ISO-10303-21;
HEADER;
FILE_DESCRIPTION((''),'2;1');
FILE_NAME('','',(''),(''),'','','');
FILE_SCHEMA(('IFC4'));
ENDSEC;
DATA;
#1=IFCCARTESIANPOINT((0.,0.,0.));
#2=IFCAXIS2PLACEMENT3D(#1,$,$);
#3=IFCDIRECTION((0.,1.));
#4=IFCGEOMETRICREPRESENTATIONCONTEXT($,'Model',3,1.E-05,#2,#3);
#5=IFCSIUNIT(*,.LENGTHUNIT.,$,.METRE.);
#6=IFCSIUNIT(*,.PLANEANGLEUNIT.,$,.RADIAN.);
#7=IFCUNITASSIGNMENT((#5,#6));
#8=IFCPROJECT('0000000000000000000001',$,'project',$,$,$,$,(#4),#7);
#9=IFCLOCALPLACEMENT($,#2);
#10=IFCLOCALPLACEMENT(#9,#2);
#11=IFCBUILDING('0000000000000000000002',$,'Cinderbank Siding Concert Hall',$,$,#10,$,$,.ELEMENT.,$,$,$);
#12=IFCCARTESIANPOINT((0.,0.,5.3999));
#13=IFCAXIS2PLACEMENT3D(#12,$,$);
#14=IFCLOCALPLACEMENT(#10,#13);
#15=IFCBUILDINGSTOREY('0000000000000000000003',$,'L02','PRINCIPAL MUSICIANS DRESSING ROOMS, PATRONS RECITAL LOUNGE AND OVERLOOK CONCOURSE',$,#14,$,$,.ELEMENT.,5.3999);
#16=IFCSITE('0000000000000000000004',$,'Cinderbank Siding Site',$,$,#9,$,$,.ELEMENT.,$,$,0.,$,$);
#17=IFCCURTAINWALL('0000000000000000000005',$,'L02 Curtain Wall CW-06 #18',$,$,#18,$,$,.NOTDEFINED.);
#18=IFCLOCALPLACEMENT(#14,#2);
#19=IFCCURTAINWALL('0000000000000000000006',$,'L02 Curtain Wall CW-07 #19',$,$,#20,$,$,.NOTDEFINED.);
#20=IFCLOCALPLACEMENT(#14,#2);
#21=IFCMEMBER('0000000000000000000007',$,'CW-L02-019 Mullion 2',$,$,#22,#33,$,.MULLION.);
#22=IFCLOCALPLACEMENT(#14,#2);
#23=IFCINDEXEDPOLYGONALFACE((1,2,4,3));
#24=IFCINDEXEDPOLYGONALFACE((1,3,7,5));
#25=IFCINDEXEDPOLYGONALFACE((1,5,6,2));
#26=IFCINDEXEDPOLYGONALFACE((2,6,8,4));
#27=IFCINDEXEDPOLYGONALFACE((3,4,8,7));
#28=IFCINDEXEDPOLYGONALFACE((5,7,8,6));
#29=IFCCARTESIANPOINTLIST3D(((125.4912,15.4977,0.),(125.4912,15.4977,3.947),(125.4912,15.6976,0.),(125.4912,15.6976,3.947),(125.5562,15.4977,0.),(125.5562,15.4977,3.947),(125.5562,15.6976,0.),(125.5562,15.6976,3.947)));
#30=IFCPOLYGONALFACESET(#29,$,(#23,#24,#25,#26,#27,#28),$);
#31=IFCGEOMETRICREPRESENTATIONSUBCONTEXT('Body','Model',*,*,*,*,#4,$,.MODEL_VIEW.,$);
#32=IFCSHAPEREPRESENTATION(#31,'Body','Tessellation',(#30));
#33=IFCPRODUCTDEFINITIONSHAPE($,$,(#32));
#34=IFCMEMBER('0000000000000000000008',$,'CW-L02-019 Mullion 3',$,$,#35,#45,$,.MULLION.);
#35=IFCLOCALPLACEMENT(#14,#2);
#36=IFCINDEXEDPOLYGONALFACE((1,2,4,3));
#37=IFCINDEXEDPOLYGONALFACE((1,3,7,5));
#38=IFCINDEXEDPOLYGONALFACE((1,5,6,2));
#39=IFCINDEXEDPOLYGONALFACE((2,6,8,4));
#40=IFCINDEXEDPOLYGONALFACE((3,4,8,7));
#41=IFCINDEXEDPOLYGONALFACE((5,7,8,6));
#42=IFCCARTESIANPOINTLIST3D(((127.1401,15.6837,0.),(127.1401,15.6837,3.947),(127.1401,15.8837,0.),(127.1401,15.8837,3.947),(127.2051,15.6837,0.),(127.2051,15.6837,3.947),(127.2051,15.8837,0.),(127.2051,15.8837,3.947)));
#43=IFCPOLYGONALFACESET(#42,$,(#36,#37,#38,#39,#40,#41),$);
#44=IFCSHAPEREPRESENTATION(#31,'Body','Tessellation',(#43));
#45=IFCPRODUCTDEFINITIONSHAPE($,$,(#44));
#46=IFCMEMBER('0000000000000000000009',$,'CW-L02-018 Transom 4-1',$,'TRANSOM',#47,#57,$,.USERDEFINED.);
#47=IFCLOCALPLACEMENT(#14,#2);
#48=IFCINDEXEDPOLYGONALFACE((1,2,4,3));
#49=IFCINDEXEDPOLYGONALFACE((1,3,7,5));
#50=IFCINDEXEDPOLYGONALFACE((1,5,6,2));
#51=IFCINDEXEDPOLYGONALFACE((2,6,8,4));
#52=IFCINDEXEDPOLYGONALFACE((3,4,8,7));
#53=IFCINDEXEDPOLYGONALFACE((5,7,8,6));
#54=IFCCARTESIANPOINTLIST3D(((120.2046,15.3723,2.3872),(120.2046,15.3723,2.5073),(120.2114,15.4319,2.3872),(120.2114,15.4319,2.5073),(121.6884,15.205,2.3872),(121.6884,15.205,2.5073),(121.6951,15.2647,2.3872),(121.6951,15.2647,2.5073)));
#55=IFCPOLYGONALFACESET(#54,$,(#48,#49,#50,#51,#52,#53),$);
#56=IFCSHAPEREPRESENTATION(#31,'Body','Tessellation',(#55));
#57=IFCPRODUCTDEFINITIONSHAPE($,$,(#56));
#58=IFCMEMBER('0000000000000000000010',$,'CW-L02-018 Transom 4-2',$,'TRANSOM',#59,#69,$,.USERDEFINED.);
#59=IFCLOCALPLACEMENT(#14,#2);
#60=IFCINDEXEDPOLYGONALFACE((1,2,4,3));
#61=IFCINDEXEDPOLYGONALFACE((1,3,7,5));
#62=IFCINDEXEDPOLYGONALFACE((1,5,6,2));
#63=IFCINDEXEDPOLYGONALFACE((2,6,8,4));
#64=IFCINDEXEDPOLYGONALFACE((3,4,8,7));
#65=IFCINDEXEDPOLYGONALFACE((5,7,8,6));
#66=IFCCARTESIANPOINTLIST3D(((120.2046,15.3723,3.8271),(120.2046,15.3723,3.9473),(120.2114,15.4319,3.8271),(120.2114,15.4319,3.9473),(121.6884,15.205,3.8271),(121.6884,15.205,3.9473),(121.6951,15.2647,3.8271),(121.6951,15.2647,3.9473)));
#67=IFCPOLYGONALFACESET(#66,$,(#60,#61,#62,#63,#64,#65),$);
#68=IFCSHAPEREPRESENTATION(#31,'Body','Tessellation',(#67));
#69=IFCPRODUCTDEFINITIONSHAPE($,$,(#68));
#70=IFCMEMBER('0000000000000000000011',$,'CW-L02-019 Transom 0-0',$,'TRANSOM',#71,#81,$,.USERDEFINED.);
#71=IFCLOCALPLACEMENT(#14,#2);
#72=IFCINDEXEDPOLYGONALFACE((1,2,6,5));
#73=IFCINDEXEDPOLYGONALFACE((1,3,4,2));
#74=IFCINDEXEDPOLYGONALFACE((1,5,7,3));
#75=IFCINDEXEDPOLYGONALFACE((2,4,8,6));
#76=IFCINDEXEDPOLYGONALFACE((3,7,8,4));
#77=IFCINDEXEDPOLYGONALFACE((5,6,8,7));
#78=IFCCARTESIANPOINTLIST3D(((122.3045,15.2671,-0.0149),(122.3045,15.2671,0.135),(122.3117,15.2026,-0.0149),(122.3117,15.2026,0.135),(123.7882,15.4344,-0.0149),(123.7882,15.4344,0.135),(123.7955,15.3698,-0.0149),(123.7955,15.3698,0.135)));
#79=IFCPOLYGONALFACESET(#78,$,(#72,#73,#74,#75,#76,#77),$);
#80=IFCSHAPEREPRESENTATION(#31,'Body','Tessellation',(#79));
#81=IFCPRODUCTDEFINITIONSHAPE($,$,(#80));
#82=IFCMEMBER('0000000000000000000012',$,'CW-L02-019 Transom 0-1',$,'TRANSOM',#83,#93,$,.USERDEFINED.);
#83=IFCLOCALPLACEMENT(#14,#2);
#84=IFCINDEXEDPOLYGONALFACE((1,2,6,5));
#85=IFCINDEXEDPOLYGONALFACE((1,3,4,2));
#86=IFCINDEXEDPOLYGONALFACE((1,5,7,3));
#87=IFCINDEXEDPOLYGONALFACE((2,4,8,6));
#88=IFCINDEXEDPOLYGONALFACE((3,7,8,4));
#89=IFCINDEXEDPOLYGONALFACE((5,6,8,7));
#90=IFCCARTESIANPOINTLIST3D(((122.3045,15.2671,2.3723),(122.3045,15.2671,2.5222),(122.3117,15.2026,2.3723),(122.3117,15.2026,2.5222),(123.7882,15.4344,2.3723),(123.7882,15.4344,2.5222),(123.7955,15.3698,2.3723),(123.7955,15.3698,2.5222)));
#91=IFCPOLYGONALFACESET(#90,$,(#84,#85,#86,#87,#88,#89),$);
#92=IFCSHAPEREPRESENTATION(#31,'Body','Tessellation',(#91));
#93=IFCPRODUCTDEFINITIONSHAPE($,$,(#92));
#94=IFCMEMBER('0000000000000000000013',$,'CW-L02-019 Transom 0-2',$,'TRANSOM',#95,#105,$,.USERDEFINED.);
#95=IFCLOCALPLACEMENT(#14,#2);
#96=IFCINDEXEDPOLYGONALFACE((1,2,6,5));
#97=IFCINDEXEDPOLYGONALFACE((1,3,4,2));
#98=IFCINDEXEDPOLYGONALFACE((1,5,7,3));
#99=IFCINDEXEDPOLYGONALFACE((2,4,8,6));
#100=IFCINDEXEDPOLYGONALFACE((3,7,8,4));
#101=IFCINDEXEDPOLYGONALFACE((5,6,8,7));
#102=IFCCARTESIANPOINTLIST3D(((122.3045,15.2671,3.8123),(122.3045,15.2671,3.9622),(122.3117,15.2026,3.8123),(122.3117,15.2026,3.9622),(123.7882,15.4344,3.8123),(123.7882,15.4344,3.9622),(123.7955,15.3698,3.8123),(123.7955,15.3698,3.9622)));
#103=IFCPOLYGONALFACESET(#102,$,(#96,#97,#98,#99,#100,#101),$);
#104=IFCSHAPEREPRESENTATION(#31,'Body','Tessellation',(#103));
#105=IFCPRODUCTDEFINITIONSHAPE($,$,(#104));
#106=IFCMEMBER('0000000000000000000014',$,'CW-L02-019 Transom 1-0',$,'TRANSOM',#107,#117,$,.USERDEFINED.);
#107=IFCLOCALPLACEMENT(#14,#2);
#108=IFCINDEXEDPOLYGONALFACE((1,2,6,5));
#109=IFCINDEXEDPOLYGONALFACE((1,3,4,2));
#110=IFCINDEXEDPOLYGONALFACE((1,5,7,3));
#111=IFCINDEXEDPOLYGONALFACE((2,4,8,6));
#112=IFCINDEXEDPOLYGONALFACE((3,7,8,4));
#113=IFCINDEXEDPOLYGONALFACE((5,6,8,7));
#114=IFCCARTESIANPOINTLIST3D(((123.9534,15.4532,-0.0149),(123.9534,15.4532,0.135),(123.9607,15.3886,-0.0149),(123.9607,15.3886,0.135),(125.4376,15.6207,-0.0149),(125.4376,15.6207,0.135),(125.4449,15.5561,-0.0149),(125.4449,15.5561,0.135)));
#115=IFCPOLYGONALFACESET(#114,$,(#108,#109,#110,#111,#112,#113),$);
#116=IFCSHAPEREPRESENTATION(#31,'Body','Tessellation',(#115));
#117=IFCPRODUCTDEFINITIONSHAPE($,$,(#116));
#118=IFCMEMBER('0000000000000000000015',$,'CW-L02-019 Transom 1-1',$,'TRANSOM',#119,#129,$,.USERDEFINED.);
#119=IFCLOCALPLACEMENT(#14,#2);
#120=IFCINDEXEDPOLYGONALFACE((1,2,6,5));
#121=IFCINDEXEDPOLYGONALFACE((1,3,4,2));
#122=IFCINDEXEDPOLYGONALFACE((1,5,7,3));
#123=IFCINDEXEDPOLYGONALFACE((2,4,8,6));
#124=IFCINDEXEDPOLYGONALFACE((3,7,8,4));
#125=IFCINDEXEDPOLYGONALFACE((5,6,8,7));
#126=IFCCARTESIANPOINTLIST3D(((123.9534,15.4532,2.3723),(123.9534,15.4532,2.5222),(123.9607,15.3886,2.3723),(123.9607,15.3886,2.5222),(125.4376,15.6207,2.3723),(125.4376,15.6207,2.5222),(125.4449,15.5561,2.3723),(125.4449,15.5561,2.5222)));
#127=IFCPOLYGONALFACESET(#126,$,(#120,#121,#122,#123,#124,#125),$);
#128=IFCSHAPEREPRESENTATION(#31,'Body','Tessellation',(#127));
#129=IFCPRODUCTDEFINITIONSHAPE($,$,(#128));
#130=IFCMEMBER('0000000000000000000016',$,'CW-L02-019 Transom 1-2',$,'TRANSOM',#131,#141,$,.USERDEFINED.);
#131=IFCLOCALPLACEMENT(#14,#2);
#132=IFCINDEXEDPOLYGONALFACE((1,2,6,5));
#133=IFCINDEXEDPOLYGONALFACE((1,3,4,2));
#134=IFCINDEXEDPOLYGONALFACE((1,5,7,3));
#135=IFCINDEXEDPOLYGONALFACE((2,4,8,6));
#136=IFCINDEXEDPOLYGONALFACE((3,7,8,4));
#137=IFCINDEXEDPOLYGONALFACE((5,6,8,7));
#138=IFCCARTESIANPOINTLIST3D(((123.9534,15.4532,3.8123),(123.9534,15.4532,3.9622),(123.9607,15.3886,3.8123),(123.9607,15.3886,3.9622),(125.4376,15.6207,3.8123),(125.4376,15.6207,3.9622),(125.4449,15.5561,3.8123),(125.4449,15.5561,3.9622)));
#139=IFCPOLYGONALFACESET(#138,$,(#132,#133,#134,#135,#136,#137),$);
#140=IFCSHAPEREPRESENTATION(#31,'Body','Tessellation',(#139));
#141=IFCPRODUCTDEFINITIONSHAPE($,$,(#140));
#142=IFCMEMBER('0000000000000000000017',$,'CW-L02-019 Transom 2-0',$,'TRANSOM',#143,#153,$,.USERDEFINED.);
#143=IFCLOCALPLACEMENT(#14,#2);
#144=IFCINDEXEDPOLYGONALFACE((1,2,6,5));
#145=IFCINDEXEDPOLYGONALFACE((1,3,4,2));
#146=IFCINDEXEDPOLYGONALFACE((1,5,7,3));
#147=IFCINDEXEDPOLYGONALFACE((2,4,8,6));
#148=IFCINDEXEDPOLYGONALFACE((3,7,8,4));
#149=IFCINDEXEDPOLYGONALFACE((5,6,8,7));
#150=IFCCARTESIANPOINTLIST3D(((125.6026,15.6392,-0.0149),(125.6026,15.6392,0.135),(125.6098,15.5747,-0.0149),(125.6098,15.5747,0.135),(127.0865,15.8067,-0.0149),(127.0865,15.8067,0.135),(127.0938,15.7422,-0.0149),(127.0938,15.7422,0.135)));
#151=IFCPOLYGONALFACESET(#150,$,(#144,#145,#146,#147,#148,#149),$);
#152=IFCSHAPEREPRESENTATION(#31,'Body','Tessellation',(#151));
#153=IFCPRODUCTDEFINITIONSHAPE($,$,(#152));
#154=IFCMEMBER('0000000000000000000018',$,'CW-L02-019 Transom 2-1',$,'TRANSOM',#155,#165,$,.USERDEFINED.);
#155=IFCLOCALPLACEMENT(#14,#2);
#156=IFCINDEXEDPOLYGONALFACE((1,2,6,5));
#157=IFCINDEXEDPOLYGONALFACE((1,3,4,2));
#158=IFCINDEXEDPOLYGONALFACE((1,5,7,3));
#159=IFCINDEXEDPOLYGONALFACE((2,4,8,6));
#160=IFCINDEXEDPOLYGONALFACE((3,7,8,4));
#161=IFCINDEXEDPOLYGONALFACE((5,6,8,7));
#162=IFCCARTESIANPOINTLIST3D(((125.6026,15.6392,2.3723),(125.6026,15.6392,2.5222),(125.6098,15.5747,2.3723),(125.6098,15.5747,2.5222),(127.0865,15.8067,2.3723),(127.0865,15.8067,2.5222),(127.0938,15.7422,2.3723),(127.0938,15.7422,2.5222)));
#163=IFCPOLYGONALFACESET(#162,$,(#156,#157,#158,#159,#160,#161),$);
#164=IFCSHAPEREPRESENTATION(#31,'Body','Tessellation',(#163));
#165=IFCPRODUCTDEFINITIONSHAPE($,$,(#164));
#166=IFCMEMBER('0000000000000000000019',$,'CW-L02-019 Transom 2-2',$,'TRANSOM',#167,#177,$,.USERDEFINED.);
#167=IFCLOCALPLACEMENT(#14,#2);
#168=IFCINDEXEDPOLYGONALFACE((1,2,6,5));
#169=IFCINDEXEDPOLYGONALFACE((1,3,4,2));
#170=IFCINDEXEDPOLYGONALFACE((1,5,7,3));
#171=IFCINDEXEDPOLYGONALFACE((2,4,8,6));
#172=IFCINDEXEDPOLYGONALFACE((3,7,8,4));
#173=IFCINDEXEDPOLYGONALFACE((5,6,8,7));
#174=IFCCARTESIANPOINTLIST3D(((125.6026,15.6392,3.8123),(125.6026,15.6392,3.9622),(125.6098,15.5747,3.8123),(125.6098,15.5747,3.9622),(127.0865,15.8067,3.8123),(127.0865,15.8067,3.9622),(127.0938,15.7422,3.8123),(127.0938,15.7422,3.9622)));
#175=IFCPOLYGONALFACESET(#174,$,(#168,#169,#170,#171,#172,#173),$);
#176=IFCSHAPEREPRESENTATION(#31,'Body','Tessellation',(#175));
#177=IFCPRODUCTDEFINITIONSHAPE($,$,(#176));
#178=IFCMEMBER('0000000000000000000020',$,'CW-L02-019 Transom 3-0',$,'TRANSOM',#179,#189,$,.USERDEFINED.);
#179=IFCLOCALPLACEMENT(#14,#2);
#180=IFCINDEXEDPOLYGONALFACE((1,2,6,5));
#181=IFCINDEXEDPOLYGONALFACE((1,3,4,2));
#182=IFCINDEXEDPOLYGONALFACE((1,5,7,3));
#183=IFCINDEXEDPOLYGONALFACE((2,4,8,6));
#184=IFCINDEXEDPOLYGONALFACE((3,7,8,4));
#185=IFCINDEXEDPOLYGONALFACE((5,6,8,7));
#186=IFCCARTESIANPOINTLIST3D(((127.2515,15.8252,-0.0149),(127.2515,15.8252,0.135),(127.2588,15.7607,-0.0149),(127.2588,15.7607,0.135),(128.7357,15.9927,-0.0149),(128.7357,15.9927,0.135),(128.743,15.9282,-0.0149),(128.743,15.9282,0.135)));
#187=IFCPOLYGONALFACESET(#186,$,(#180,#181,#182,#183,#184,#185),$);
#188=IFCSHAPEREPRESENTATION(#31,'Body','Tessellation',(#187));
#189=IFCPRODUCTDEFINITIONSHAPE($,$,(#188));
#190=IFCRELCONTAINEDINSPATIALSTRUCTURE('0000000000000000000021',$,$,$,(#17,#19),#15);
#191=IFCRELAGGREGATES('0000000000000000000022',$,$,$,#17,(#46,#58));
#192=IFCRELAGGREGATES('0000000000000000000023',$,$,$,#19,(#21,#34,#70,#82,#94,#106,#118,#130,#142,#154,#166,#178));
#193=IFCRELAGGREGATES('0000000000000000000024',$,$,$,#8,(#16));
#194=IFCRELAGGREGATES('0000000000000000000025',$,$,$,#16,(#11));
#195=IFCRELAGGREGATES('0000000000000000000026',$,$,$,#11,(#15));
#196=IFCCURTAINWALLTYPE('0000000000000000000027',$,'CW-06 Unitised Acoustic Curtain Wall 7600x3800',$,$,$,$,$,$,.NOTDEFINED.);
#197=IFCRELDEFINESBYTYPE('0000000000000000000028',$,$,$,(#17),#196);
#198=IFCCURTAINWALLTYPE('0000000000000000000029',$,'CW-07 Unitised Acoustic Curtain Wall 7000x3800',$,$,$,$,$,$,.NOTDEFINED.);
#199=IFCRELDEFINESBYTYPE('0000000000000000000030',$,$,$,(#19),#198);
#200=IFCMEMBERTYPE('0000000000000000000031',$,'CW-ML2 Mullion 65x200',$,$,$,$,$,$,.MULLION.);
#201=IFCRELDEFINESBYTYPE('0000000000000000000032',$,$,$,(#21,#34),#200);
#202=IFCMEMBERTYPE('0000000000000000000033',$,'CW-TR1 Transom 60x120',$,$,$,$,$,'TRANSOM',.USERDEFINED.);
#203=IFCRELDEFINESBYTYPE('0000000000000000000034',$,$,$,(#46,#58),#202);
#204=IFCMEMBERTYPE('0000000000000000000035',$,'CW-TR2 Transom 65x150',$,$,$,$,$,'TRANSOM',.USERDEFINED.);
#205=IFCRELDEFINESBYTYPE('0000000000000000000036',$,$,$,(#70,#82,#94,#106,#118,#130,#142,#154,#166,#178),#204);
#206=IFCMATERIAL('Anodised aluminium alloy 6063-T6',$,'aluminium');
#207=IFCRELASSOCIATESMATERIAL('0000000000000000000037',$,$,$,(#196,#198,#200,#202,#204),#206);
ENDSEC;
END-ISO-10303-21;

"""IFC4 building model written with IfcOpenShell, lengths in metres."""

from ifc_helpers import new_model, si_unit, direction, frame, origin, origin_2d, place, context, subcontext, project, spatial, rectangle, extrude, material, material_profile, profile_set, type_object, element, aggregate, save


model = new_model("IFC4")

# Units and contexts
model_context = context("Model", 3, precision=1e-05, world=origin(), true_north=direction((0.0, 1.0)))
body_context = subcontext(model_context, "Body", "Model", "MODEL_VIEW")
ifc_project = project(units=[si_unit("LENGTHUNIT", "METRE"), si_unit("PLANEANGLEUNIT", "RADIAN")], contexts=[model_context])

# Site, building, storey
site_placement = place(None, origin())
site = spatial("IfcSite", under=ifc_project, at=site_placement, Name="Cinderbank Siding Site", CompositionType="ELEMENT", RefElevation=0.0)
building_placement = place(site_placement, origin())
building = spatial("IfcBuilding", under=site, at=building_placement, Name="Cinderbank Siding Concert Hall", CompositionType="ELEMENT")
storey_placement = place(building_placement, frame((0.0, 0.0, 5.3999)))
storey = spatial("IfcBuildingStorey", under=building, at=storey_placement, Name="L02", Description="PRINCIPAL MUSICIANS DRESSING ROOMS, PATRONS RECITAL LOUNGE AND OVERLOOK CONCOURSE", CompositionType="ELEMENT", Elevation=5.3999)

# Curtain wall
ifc_material_1 = material(Name="Anodised aluminium alloy 6063-T6", Category="aluminium")
curtain_wall_type_1 = type_object("IfcCurtainWallType", Name="CW-06 Unitised Acoustic Curtain Wall 7600x3800", PredefinedType="NOTDEFINED", material=ifc_material_1)
curtain_wall_1_placement = place(storey_placement, origin())
curtain_wall_1 = element("IfcCurtainWall", 1, at=curtain_wall_1_placement, inside=storey, type_object=curtain_wall_type_1, Name="L02 Curtain Wall CW-06 #18", PredefinedType="NOTDEFINED")

# Curtain wall, members
curtain_wall_type_2 = type_object("IfcCurtainWallType", Name="CW-07 Unitised Acoustic Curtain Wall 7000x3800", PredefinedType="NOTDEFINED", material=ifc_material_1)
curtain_wall_2_placement = place(storey_placement, origin())
curtain_wall_2 = element("IfcCurtainWall", 2, at=curtain_wall_2_placement, inside=storey, type_object=curtain_wall_type_2, Name="L02 Curtain Wall CW-07 #19", PredefinedType="NOTDEFINED")
ifc_material_profile_1 = material_profile(ifc_material_1, rectangle(XDim=0.0649, YDim=0.2, at=origin_2d()), Name="ALU-MULL-65x200", Category="LoadBearing")
ifc_profile_set_1 = profile_set([ifc_material_profile_1], Name="Anodised aluminium alloy 6063-T6")
member_type_1 = type_object("IfcMemberType", Name="CW-ML2 Mullion 65x200", PredefinedType="MULLION", material=ifc_profile_set_1)
member_1_placement = place(storey_placement, frame((125.5237, 15.5977, 0.0), z_axis=(0.0, 0.0, 1.0), x_axis=(1.0, 0.0, 0.0)))
member_1 = element("IfcMember", 3, at=member_1_placement, type_object=member_type_1, Name="CW-L02-019 Mullion 2", PredefinedType="MULLION", context=body_context, shape_type="SweptSolid", body=[
    extrude(rectangle(XDim=0.0649, YDim=0.2, at=origin_2d()), origin(), (0.0, 0.0, 1.0), 3.947),
])
member_2_placement = place(storey_placement, frame((127.1726, 15.7837, 0.0), z_axis=(0.0, 0.0, 1.0), x_axis=(1.0, 0.0, 0.0)))
member_2 = element("IfcMember", 4, at=member_2_placement, type_object=member_type_1, Name="CW-L02-019 Mullion 3", PredefinedType="MULLION", context=body_context, shape_type="SweptSolid", body=[
    extrude(rectangle(XDim=0.0649, YDim=0.2, at=origin_2d()), origin(), (0.0, 0.0, 1.0), 3.947),
])

# Members
ifc_material_profile_2 = material_profile(ifc_material_1, rectangle(XDim=0.0601, YDim=0.1201, at=origin_2d()), Name="ALU-TRAN-60x120", Category="LoadBearing")
ifc_profile_set_2 = profile_set([ifc_material_profile_2], Name="Anodised aluminium alloy 6063-T6")
member_type_2 = type_object("IfcMemberType", Name="CW-TR1 Transom 60x120", ElementType="TRANSOM", PredefinedType="USERDEFINED", material=ifc_profile_set_2)
member_3_placement = place(storey_placement, frame((120.208, 15.4021, 2.4473), z_axis=(0.993709, -0.111993, 0.0), x_axis=(0.111993, 0.993709, 0.0)))
member_3 = element("IfcMember", 5, at=member_3_placement, type_object=member_type_2, Name="CW-L02-018 Transom 4-1", ObjectType="TRANSOM", PredefinedType="USERDEFINED", context=body_context, shape_type="SweptSolid", body=[
    extrude(rectangle(XDim=0.0601, YDim=0.1201, at=origin_2d()), origin(), (0.0, 0.0, 1.0), 1.4932),
])
member_4_placement = place(storey_placement, frame((120.208, 15.4021, 3.8872), z_axis=(0.993709, -0.111993, 0.0), x_axis=(0.111993, 0.993709, 0.0)))
member_4 = element("IfcMember", 6, at=member_4_placement, type_object=member_type_2, Name="CW-L02-018 Transom 4-2", ObjectType="TRANSOM", PredefinedType="USERDEFINED", context=body_context, shape_type="SweptSolid", body=[
    extrude(rectangle(XDim=0.0601, YDim=0.1201, at=origin_2d()), origin(), (0.0, 0.0, 1.0), 1.4932),
])
ifc_material_profile_3 = material_profile(ifc_material_1, rectangle(XDim=0.0649, YDim=0.1499, at=origin_2d()), Name="ALU-TRAN-65x150", Category="LoadBearing")
ifc_profile_set_3 = profile_set([ifc_material_profile_3], Name="Anodised aluminium alloy 6063-T6")
member_type_3 = type_object("IfcMemberType", Name="CW-TR2 Transom 65x150", ElementType="TRANSOM", PredefinedType="USERDEFINED", material=ifc_profile_set_3)
member_5_placement = place(storey_placement, frame((122.3081, 15.2349, 0.0601), z_axis=(0.993709, 0.111993, 0.0), x_axis=(-0.111993, 0.993709, 0.0)))
member_5 = element("IfcMember", 7, at=member_5_placement, type_object=member_type_3, Name="CW-L02-019 Transom 0-0", ObjectType="TRANSOM", PredefinedType="USERDEFINED", context=body_context, shape_type="SweptSolid", body=[
    extrude(rectangle(XDim=0.0649, YDim=0.1499, at=origin_2d()), origin(), (0.0, 0.0, 1.0), 1.4932),
])
member_6_placement = place(storey_placement, frame((122.3081, 15.2349, 2.4473), z_axis=(0.993709, 0.111993, 0.0), x_axis=(-0.111993, 0.993709, 0.0)))
member_6 = element("IfcMember", 8, at=member_6_placement, type_object=member_type_3, Name="CW-L02-019 Transom 0-1", ObjectType="TRANSOM", PredefinedType="USERDEFINED", context=body_context, shape_type="SweptSolid", body=[
    extrude(rectangle(XDim=0.0649, YDim=0.1499, at=origin_2d()), origin(), (0.0, 0.0, 1.0), 1.4932),
])
member_7_placement = place(storey_placement, frame((122.3081, 15.2349, 3.8872), z_axis=(0.993709, 0.111993, 0.0), x_axis=(-0.111993, 0.993709, 0.0)))
member_7 = element("IfcMember", 9, at=member_7_placement, type_object=member_type_3, Name="CW-L02-019 Transom 0-2", ObjectType="TRANSOM", PredefinedType="USERDEFINED", context=body_context, shape_type="SweptSolid", body=[
    extrude(rectangle(XDim=0.0649, YDim=0.1499, at=origin_2d()), origin(), (0.0, 0.0, 1.0), 1.4932),
])
member_8_placement = place(storey_placement, frame((123.957, 15.4209, 0.0601), z_axis=(0.993693, 0.112136, 0.0), x_axis=(-0.112136, 0.993693, 0.0)))
member_8 = element("IfcMember", 10, at=member_8_placement, type_object=member_type_3, Name="CW-L02-019 Transom 1-0", ObjectType="TRANSOM", PredefinedType="USERDEFINED", context=body_context, shape_type="SweptSolid", body=[
    extrude(rectangle(XDim=0.0649, YDim=0.1499, at=origin_2d()), origin(), (0.0, 0.0, 1.0), 1.4937),
])
member_9_placement = place(storey_placement, frame((123.957, 15.4209, 2.4473), z_axis=(0.993693, 0.112136, 0.0), x_axis=(-0.112136, 0.993693, 0.0)))
member_9 = element("IfcMember", 11, at=member_9_placement, type_object=member_type_3, Name="CW-L02-019 Transom 1-1", ObjectType="TRANSOM", PredefinedType="USERDEFINED", context=body_context, shape_type="SweptSolid", body=[
    extrude(rectangle(XDim=0.0649, YDim=0.1499, at=origin_2d()), origin(), (0.0, 0.0, 1.0), 1.4937),
])
member_10_placement = place(storey_placement, frame((123.957, 15.4209, 3.8872), z_axis=(0.993693, 0.112136, 0.0), x_axis=(-0.112136, 0.993693, 0.0)))
member_10 = element("IfcMember", 12, at=member_10_placement, type_object=member_type_3, Name="CW-L02-019 Transom 1-2", ObjectType="TRANSOM", PredefinedType="USERDEFINED", context=body_context, shape_type="SweptSolid", body=[
    extrude(rectangle(XDim=0.0649, YDim=0.1499, at=origin_2d()), origin(), (0.0, 0.0, 1.0), 1.4937),
])
member_11_placement = place(storey_placement, frame((125.6062, 15.6069, 0.0601), z_axis=(0.993691, 0.112154, 0.0), x_axis=(-0.112154, 0.993691, 0.0)))
member_11 = element("IfcMember", 13, at=member_11_placement, type_object=member_type_3, Name="CW-L02-019 Transom 2-0", ObjectType="TRANSOM", PredefinedType="USERDEFINED", context=body_context, shape_type="SweptSolid", body=[
    extrude(rectangle(XDim=0.0649, YDim=0.1499, at=origin_2d()), origin(), (0.0, 0.0, 1.0), 1.4934),
])
member_12_placement = place(storey_placement, frame((125.6062, 15.6069, 2.4473), z_axis=(0.993691, 0.112154, 0.0), x_axis=(-0.112154, 0.993691, 0.0)))
member_12 = element("IfcMember", 14, at=member_12_placement, type_object=member_type_3, Name="CW-L02-019 Transom 2-1", ObjectType="TRANSOM", PredefinedType="USERDEFINED", context=body_context, shape_type="SweptSolid", body=[
    extrude(rectangle(XDim=0.0649, YDim=0.1499, at=origin_2d()), origin(), (0.0, 0.0, 1.0), 1.4934),
])
member_13_placement = place(storey_placement, frame((125.6062, 15.6069, 3.8872), z_axis=(0.993691, 0.112154, 0.0), x_axis=(-0.112154, 0.993691, 0.0)))
member_13 = element("IfcMember", 15, at=member_13_placement, type_object=member_type_3, Name="CW-L02-019 Transom 2-2", ObjectType="TRANSOM", PredefinedType="USERDEFINED", context=body_context, shape_type="SweptSolid", body=[
    extrude(rectangle(XDim=0.0649, YDim=0.1499, at=origin_2d()), origin(), (0.0, 0.0, 1.0), 1.4934),
])
member_14_placement = place(storey_placement, frame((127.2551, 15.793, 0.0601), z_axis=(0.993693, 0.112136, 0.0), x_axis=(-0.112136, 0.993693, 0.0)))
member_14 = element("IfcMember", 16, at=member_14_placement, type_object=member_type_3, Name="CW-L02-019 Transom 3-0", ObjectType="TRANSOM", PredefinedType="USERDEFINED", context=body_context, shape_type="SweptSolid", body=[
    extrude(rectangle(XDim=0.0649, YDim=0.1499, at=origin_2d()), origin(), (0.0, 0.0, 1.0), 1.4937),
])

aggregate(curtain_wall_1, [member_3, member_4])
aggregate(curtain_wall_2, [member_1, member_2, member_5, member_6, member_7, member_8, member_9, member_10, member_11, member_12, member_13, member_14])

save(model, "model.ifc")
